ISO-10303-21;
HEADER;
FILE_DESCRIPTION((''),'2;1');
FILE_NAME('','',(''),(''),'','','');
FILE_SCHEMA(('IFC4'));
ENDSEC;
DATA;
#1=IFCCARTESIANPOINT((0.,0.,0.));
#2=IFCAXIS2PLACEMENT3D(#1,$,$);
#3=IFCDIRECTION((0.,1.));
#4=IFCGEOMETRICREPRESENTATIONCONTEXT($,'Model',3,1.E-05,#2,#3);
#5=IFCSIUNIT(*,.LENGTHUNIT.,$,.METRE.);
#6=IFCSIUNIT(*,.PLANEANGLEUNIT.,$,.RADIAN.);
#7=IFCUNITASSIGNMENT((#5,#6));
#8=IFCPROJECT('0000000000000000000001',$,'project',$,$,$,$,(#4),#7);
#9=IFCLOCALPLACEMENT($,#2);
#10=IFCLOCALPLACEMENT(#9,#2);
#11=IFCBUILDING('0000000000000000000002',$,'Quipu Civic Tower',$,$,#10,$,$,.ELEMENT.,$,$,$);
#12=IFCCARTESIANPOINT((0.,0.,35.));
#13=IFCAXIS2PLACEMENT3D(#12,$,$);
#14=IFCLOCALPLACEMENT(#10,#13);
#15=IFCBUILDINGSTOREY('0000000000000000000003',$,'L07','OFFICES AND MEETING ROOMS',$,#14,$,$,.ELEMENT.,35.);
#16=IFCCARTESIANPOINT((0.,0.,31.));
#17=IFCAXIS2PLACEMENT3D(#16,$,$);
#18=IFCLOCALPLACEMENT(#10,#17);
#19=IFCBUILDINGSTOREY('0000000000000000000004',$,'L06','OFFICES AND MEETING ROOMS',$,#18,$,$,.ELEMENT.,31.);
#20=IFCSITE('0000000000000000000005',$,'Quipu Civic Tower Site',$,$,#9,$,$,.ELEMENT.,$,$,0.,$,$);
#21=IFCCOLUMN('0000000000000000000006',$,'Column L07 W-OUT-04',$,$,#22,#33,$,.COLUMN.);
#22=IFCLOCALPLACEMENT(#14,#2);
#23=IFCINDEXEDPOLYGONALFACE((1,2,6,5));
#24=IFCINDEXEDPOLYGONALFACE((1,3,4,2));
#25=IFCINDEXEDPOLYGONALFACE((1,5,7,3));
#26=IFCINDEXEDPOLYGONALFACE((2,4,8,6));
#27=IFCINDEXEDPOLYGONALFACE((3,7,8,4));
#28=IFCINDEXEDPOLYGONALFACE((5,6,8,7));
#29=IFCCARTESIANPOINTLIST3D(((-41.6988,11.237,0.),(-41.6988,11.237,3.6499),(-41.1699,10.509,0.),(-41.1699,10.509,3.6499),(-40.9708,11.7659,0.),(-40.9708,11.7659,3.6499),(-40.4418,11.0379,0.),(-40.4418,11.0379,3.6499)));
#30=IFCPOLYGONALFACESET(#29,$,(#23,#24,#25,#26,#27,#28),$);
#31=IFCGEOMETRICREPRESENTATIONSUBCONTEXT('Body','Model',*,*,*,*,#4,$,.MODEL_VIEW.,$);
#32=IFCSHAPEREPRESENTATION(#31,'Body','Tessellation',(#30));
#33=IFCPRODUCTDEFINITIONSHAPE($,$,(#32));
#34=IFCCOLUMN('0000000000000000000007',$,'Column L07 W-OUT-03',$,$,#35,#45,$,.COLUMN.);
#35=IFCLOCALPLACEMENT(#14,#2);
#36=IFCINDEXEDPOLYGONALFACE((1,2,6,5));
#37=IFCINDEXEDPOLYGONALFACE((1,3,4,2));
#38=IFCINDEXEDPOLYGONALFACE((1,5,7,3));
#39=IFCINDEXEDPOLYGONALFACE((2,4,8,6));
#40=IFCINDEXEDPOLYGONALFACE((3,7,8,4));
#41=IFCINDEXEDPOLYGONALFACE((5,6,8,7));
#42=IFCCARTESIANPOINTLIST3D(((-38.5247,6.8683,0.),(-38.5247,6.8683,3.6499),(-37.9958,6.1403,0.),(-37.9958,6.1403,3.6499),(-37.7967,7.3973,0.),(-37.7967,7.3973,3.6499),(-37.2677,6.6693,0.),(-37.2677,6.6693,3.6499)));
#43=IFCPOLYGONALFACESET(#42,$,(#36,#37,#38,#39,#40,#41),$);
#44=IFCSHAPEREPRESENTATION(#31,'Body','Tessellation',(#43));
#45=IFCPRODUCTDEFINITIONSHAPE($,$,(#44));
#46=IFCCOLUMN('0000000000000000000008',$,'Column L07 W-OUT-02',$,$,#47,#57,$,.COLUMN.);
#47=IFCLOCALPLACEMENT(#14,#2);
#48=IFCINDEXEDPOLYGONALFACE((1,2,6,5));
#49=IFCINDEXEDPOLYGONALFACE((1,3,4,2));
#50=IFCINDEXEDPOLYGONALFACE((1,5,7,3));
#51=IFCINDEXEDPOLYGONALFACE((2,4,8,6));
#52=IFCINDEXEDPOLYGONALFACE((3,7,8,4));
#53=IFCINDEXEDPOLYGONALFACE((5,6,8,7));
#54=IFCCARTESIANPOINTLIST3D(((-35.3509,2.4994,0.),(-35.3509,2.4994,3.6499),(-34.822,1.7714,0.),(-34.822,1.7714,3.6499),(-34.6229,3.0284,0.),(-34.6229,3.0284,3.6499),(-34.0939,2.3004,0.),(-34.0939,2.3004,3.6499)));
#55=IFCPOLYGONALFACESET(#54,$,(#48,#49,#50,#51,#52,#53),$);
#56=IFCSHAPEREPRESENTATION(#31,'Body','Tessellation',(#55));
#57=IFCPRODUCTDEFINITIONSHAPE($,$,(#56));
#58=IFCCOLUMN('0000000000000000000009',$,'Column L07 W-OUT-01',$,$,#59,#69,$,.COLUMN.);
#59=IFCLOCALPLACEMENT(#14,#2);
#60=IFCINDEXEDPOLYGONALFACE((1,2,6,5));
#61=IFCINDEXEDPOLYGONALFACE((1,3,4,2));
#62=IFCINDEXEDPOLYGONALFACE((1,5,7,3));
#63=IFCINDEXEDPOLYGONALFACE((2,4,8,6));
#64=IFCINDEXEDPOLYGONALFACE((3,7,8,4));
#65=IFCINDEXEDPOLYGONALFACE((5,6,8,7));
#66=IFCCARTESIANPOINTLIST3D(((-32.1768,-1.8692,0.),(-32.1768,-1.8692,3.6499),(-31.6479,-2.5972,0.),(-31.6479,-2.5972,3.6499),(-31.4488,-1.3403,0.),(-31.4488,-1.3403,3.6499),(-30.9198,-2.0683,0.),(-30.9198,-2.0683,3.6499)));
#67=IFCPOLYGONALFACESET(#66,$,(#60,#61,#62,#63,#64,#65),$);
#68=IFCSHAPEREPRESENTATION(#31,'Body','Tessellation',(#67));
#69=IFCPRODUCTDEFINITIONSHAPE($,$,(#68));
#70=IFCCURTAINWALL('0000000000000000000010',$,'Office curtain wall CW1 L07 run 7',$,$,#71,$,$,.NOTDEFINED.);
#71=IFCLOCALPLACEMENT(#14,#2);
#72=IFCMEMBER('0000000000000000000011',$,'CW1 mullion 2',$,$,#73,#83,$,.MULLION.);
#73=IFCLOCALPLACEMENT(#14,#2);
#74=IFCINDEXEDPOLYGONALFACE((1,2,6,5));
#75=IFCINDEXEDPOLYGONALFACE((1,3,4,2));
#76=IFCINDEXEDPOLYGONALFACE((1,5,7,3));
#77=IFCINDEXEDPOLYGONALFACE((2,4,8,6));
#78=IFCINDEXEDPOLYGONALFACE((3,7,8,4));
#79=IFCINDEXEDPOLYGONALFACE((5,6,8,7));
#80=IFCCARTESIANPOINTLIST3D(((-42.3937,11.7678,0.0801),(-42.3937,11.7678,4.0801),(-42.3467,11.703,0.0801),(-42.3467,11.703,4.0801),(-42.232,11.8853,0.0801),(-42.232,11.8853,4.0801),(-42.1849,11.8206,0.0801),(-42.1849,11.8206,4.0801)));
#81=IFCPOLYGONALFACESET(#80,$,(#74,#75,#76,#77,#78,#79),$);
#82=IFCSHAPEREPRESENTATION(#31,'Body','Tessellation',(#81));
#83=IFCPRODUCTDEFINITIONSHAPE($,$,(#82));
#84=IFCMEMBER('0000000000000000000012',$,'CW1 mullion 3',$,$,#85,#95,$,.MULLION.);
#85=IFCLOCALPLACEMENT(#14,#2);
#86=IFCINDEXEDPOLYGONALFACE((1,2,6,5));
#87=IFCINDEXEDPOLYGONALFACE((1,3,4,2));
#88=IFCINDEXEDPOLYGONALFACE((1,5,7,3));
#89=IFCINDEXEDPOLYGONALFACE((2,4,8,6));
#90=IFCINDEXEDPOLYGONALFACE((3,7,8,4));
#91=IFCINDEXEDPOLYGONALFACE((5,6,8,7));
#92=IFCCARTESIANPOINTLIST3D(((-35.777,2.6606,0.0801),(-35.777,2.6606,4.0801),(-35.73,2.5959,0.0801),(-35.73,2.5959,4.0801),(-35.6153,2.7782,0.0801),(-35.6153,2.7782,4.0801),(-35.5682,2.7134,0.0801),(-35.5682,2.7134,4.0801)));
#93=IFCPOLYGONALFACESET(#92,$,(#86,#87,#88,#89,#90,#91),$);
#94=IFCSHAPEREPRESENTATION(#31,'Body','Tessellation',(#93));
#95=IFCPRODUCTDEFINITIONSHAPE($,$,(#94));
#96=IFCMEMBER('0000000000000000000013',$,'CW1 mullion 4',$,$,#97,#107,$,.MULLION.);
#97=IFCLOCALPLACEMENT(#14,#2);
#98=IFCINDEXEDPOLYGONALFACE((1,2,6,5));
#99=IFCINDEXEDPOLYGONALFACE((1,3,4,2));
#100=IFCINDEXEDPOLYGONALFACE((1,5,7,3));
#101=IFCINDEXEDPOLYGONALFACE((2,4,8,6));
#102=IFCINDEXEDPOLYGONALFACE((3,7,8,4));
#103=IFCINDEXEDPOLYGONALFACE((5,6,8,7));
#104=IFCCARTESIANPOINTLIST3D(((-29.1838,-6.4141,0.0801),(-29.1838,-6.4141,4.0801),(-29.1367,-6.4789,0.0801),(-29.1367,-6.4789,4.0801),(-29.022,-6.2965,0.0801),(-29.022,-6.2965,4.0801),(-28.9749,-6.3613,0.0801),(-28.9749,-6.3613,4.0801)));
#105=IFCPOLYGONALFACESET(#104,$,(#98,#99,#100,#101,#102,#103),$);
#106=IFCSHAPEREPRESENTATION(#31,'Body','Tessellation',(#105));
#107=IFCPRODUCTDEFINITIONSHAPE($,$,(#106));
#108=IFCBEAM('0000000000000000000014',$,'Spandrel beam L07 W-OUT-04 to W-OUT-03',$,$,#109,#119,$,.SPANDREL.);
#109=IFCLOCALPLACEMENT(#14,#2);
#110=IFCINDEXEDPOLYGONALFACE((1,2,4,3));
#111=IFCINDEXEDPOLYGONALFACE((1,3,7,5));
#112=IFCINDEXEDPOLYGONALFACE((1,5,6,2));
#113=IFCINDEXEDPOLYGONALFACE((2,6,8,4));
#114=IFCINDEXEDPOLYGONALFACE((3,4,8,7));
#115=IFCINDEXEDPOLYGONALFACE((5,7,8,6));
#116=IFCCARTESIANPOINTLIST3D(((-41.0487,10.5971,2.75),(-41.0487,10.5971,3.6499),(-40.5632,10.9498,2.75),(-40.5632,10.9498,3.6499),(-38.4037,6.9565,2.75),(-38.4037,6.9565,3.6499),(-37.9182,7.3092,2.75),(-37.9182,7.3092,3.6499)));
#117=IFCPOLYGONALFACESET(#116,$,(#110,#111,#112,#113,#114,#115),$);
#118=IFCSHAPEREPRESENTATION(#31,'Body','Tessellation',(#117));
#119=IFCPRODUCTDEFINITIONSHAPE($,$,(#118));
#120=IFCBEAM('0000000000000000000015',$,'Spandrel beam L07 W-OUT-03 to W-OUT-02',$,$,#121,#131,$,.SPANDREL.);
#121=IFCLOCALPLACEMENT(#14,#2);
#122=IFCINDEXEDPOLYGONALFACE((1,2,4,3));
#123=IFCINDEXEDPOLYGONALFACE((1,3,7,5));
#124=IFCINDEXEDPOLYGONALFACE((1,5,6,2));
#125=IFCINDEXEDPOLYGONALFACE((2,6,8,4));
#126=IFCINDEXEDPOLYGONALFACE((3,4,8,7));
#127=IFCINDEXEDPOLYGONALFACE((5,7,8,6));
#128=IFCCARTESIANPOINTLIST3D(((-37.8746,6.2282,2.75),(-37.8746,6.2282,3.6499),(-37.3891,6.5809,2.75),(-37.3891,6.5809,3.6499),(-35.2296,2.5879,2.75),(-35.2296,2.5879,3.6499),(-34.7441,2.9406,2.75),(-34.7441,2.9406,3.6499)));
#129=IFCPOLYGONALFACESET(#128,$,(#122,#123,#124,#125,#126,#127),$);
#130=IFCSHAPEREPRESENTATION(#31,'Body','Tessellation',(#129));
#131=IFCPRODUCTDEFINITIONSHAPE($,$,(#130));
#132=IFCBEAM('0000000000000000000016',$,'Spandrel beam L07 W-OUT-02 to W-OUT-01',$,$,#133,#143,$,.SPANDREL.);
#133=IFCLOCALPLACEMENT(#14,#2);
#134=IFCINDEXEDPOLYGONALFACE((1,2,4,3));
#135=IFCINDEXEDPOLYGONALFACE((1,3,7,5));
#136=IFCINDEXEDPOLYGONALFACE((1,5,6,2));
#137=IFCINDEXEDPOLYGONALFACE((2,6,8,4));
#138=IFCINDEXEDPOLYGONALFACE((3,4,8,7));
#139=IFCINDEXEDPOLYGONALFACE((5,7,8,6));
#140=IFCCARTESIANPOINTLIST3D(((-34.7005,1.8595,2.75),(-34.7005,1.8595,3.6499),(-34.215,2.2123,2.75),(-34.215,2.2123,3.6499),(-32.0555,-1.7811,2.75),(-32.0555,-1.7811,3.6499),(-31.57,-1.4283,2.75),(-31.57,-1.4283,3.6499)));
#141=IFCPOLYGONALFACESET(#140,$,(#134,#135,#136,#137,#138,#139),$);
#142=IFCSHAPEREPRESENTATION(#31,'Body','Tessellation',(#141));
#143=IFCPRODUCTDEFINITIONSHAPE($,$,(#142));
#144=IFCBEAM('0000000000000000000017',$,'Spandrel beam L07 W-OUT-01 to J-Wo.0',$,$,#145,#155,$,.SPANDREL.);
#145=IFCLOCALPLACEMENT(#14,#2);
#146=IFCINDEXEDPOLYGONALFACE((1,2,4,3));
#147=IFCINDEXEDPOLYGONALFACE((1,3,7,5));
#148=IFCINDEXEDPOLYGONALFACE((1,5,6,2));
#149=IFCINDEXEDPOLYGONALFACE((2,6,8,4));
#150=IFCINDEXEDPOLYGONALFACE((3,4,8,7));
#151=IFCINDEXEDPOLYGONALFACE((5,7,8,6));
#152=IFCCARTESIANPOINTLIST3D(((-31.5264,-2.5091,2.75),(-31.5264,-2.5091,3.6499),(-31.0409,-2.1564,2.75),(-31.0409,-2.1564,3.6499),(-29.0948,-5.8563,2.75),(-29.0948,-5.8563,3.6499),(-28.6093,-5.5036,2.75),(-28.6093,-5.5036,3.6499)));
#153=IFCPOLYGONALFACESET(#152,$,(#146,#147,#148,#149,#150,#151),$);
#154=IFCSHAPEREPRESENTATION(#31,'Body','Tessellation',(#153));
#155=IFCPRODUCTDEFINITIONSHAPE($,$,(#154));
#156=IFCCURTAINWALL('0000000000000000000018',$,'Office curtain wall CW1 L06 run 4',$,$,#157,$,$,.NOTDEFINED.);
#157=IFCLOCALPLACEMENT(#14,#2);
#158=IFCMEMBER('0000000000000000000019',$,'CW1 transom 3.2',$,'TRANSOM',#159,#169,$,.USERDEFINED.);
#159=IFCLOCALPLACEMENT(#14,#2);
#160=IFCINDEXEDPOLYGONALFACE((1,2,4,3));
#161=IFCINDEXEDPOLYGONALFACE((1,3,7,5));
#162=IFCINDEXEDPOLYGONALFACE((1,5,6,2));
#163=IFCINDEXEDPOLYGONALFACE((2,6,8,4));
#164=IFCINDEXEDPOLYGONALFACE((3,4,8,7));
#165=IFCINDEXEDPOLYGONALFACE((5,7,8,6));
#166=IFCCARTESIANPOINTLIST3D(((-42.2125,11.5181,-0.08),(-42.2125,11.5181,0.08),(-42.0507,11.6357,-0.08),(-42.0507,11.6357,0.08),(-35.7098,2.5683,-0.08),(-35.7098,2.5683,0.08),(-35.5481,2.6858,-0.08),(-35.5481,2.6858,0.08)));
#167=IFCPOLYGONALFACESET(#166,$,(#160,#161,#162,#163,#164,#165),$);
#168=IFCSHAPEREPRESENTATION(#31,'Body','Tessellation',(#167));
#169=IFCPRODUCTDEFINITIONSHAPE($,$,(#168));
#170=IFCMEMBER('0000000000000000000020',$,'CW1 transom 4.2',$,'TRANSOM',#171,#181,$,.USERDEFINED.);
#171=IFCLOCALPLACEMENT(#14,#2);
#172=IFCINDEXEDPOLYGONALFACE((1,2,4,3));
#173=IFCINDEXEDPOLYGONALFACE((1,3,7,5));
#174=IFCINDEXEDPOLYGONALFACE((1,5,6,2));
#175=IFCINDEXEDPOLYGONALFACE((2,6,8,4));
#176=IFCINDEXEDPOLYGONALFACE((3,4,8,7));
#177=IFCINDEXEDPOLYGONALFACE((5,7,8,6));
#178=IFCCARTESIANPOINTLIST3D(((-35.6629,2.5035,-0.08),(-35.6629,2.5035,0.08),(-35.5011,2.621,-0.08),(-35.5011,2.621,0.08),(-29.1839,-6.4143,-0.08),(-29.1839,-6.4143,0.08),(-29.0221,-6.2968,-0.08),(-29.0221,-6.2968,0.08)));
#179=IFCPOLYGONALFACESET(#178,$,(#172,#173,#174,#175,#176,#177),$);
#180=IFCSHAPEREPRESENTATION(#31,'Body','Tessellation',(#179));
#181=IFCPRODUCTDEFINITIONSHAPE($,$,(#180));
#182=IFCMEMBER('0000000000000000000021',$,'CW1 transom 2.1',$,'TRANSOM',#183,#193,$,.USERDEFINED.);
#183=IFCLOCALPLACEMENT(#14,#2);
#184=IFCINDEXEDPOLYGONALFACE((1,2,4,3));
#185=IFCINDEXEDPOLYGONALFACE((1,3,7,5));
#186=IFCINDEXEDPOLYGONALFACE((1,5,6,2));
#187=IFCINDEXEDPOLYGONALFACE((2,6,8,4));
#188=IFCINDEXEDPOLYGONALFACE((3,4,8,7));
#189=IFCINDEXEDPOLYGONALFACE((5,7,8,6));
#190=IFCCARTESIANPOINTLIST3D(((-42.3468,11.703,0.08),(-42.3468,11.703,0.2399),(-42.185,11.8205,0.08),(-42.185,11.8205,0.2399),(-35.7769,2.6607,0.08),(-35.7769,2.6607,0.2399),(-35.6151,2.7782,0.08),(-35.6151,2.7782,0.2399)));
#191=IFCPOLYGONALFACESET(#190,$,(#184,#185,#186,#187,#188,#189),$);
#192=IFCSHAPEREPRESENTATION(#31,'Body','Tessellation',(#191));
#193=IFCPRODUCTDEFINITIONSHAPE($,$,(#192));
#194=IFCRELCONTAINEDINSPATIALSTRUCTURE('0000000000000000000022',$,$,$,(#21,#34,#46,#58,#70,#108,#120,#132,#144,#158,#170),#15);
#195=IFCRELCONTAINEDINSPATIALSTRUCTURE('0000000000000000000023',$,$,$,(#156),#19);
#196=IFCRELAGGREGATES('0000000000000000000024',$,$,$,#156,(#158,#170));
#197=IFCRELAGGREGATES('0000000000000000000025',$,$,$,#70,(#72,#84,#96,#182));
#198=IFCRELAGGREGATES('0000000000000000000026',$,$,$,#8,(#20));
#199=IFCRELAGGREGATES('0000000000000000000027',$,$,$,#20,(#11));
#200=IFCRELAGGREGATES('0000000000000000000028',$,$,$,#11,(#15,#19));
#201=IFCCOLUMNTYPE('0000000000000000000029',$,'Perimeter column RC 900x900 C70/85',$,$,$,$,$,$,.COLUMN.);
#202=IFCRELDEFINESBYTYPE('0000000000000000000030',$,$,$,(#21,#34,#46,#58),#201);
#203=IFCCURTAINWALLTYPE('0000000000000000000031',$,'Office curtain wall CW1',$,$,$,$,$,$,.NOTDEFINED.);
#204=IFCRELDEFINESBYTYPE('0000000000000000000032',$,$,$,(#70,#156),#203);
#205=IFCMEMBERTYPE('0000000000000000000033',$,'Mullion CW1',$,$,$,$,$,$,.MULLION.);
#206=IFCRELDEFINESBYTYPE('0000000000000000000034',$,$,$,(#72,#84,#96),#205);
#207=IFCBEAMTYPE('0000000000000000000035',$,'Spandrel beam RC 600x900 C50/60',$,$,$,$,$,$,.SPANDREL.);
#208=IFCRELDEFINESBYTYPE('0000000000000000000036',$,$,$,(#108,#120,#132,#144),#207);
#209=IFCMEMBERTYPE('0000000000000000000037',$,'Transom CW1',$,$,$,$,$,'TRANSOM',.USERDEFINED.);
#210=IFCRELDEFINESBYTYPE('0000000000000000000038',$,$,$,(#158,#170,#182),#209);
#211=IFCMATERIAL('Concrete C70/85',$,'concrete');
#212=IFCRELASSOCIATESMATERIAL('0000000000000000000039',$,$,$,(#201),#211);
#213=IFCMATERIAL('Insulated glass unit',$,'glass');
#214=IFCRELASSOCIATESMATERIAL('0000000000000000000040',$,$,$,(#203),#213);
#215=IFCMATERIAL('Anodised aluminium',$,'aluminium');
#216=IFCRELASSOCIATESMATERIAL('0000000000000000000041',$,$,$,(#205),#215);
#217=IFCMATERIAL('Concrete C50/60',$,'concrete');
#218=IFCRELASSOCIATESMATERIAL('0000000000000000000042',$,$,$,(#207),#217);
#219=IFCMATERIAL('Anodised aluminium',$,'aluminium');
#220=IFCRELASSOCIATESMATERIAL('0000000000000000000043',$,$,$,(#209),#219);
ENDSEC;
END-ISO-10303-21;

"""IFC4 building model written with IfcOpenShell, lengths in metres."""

from ifc_helpers import new_model, si_unit, direction, frame, origin, origin_2d, place, context, subcontext, project, spatial, rectangle, extrude, material, material_profile, profile_set, type_object, element, aggregate, save


model = new_model("IFC4")

# Units and contexts
model_context = context("Model", 3, precision=1e-05, world=origin(), true_north=direction((0.0, 1.0)))
body_context = subcontext(model_context, "Body", "Model", "MODEL_VIEW")
ifc_project = project(units=[si_unit("LENGTHUNIT", "METRE"), si_unit("PLANEANGLEUNIT", "RADIAN")], contexts=[model_context])

# Site, building, storey
site_placement = place(None, origin())
site = spatial("IfcSite", under=ifc_project, at=site_placement, Name="Quipu Civic Tower Site", CompositionType="ELEMENT", RefElevation=0.0)
building_placement = place(site_placement, origin())
building = spatial("IfcBuilding", under=site, at=building_placement, Name="Quipu Civic Tower", CompositionType="ELEMENT")
storey_1_placement = place(building_placement, frame((0.0, 0.0, 35.0)))
storey_1 = spatial("IfcBuildingStorey", under=building, at=storey_1_placement, Name="L07", Description="OFFICES AND MEETING ROOMS", CompositionType="ELEMENT", Elevation=35.0)

# Columns
ifc_material_1 = material(Name="Concrete C70/85", Category="concrete")
ifc_material_profile_1 = material_profile(ifc_material_1, rectangle(XDim=0.8999, YDim=0.8999, at=origin_2d()), Name="RC900x900")
ifc_profile_set_1 = profile_set([ifc_material_profile_1], Name="Concrete C70/85")
column_type = type_object("IfcColumnType", Name="Perimeter column RC 900x900 C70/85", PredefinedType="COLUMN", material=ifc_profile_set_1)
for number, where, z_axis, x_axis, name in (
    (1, (-41.0703, 11.1375, 0.0), (0.0, 0.0, 1.0), (0.587785, -0.809017, 0.0), "Column L07 W-OUT-04"),
    (2, (-37.8962, 6.7688, 0.0), (0.0, 0.0, 1.0), (0.587785, -0.809017, 0.0), "Column L07 W-OUT-03"),
    (3, (-34.7224, 2.3999, 0.0), (0.0, 0.0, 1.0), (0.587785, -0.809017, 0.0), "Column L07 W-OUT-02"),
    (4, (-31.5483, -1.9688, 0.0), (0.0, 0.0, 1.0), (0.587785, -0.809017, 0.0), "Column L07 W-OUT-01"),
):
    element("IfcColumn", number, at=place(storey_1_placement, frame(where, z_axis=z_axis, x_axis=x_axis)), inside=storey_1, type_object=column_type, Name=name, PredefinedType="COLUMN", context=body_context, shape_type="SweptSolid", body=[
        extrude(rectangle(XDim=0.8999, YDim=0.8999, at=origin_2d()), origin(), (0.0, 0.0, 1.0), 3.6499),
    ])

# Curtain wall, members
ifc_material_2 = material(Name="Insulated glass unit", Category="glass")
curtain_wall_type = type_object("IfcCurtainWallType", Name="Office curtain wall CW1", PredefinedType="NOTDEFINED", material=ifc_material_2)
curtain_wall_1_placement = place(storey_1_placement, origin())
curtain_wall_1 = element("IfcCurtainWall", 5, at=curtain_wall_1_placement, inside=storey_1, type_object=curtain_wall_type, Name="Office curtain wall CW1 L07 run 7", PredefinedType="NOTDEFINED")
ifc_material_3 = material(Name="Anodised aluminium", Category="aluminium")
ifc_material_profile_2 = material_profile(ifc_material_3, rectangle(XDim=0.2, YDim=0.0801, at=origin_2d()), Name="RECT 200x80")
ifc_profile_set_2 = profile_set([ifc_material_profile_2], Name="Anodised aluminium")
member_type_1 = type_object("IfcMemberType", Name="Mullion CW1", PredefinedType="MULLION", material=ifc_profile_set_2)
member_1_placement = place(storey_1_placement, frame((-42.2893, 11.7942, 0.0801), z_axis=(0.0, 0.0, 1.0), x_axis=(0.809017, 0.587786, 0.0)))
member_1 = element("IfcMember", 6, at=member_1_placement, type_object=member_type_1, Name="CW1 mullion 2", PredefinedType="MULLION", context=body_context, shape_type="SweptSolid", body=[
    extrude(rectangle(XDim=0.2, YDim=0.0801, at=origin_2d()), origin(), (0.0, 0.0, 1.0), 4.0),
])
member_2_placement = place(storey_1_placement, frame((-35.6726, 2.687, 0.0801), z_axis=(0.0, 0.0, 1.0), x_axis=(0.809017, 0.587786, 0.0)))
member_2 = element("IfcMember", 7, at=member_2_placement, type_object=member_type_1, Name="CW1 mullion 3", PredefinedType="MULLION", context=body_context, shape_type="SweptSolid", body=[
    extrude(rectangle(XDim=0.2, YDim=0.0801, at=origin_2d()), origin(), (0.0, 0.0, 1.0), 4.0),
])
member_3_placement = place(storey_1_placement, frame((-29.0793, -6.3877, 0.0801), z_axis=(0.0, 0.0, 1.0), x_axis=(0.809017, 0.587786, 0.0)))
member_3 = element("IfcMember", 8, at=member_3_placement, type_object=member_type_1, Name="CW1 mullion 4", PredefinedType="MULLION", context=body_context, shape_type="SweptSolid", body=[
    extrude(rectangle(XDim=0.2, YDim=0.0801, at=origin_2d()), origin(), (0.0, 0.0, 1.0), 4.0),
])

# Beams
ifc_material_4 = material(Name="Concrete C50/60", Category="concrete")
ifc_material_profile_3 = material_profile(ifc_material_4, rectangle(XDim=0.6001, YDim=0.8999, at=origin_2d()), Name="RC600x900")
ifc_profile_set_3 = profile_set([ifc_material_profile_3], Name="Concrete C50/60")
beam_type = type_object("IfcBeamType", Name="Spandrel beam RC 600x900 C50/60", PredefinedType="SPANDREL", material=ifc_profile_set_3)
beam_1_placement = place(storey_1_placement, frame((-40.8059, 10.7734, 3.2), z_axis=(0.587778, -0.809022, 0.0), x_axis=(0.809022, 0.587778, 0.0)))
element("IfcBeam", 9, at=beam_1_placement, inside=storey_1, type_object=beam_type, Name="Spandrel beam L07 W-OUT-04 to W-OUT-03", PredefinedType="SPANDREL", context=body_context, shape_type="SweptSolid", body=[
    extrude(rectangle(XDim=0.6001, YDim=0.8999, at=origin_2d()), origin(), (0.0, 0.0, 1.0), 4.5),
])
beam_2_placement = place(storey_1_placement, frame((-37.6318, 6.4045, 3.2), z_axis=(0.587804, -0.809003, 0.0), x_axis=(0.809003, 0.587804, 0.0)))
element("IfcBeam", 10, at=beam_2_placement, inside=storey_1, type_object=beam_type, Name="Spandrel beam L07 W-OUT-03 to W-OUT-02", PredefinedType="SPANDREL", context=body_context, shape_type="SweptSolid", body=[
    extrude(rectangle(XDim=0.6001, YDim=0.8999, at=origin_2d()), origin(), (0.0, 0.0, 1.0), 4.4998),
])
beam_3_placement = place(storey_1_placement, frame((-34.4578, 2.0359, 3.2), z_axis=(0.587778, -0.809022, 0.0), x_axis=(0.809022, 0.587778, 0.0)))
element("IfcBeam", 11, at=beam_3_placement, inside=storey_1, type_object=beam_type, Name="Spandrel beam L07 W-OUT-02 to W-OUT-01", PredefinedType="SPANDREL", context=body_context, shape_type="SweptSolid", body=[
    extrude(rectangle(XDim=0.6001, YDim=0.8999, at=origin_2d()), origin(), (0.0, 0.0, 1.0), 4.5),
])
beam_4_placement = place(storey_1_placement, frame((-31.2837, -2.3328, 3.2), z_axis=(0.587751, -0.809042, 0.0), x_axis=(0.809042, 0.587751, 0.0)))
element("IfcBeam", 12, at=beam_4_placement, inside=storey_1, type_object=beam_type, Name="Spandrel beam L07 W-OUT-01 to J-Wo.0", PredefinedType="SPANDREL", context=body_context, shape_type="SweptSolid", body=[
    extrude(rectangle(XDim=0.6001, YDim=0.8999, at=origin_2d()), origin(), (0.0, 0.0, 1.0), 4.1372),
])

# Shared definitions
storey_2_placement = place(building_placement, frame((0.0, 0.0, 31.0)))
storey_2 = spatial("IfcBuildingStorey", under=building, at=storey_2_placement, Name="L06", Description="OFFICES AND MEETING ROOMS", CompositionType="ELEMENT", Elevation=31.0)

# Curtain wall, members
curtain_wall_2_placement = place(storey_2_placement, origin())
curtain_wall_2 = element("IfcCurtainWall", 13, at=curtain_wall_2_placement, inside=storey_2, type_object=curtain_wall_type, Name="Office curtain wall CW1 L06 run 4", PredefinedType="NOTDEFINED")
ifc_material_5 = material(Name="Anodised aluminium", Category="aluminium")
ifc_material_profile_4 = material_profile(ifc_material_5, rectangle(XDim=0.2, YDim=0.1599, at=origin_2d()), Name="RECT 200x160")
ifc_profile_set_4 = profile_set([ifc_material_profile_4], Name="Anodised aluminium")
member_type_2 = type_object("IfcMemberType", Name="Transom CW1", ElementType="TRANSOM", PredefinedType="USERDEFINED", material=ifc_profile_set_4)
member_4_placement = place(storey_1_placement, frame((-42.1316, 11.5769, 0.0), z_axis=(0.587795, -0.80901, 0.0), x_axis=(0.80901, 0.587795, 0.0)))
member_4 = element("IfcMember", 14, at=member_4_placement, inside=storey_1, type_object=member_type_2, Name="CW1 transom 3.2", ObjectType="TRANSOM", PredefinedType="USERDEFINED", context=body_context, shape_type="SweptSolid", body=[
    extrude(rectangle(XDim=0.2, YDim=0.1599, at=origin_2d()), origin(), (0.0, 0.0, 1.0), 11.0627),
])
member_5_placement = place(storey_1_placement, frame((-35.582, 2.5623, 0.0), z_axis=(0.587779, -0.809021, 0.0), x_axis=(0.809021, 0.587779, 0.0)))
member_5 = element("IfcMember", 15, at=member_5_placement, inside=storey_1, type_object=member_type_2, Name="CW1 transom 4.2", ObjectType="TRANSOM", PredefinedType="USERDEFINED", context=body_context, shape_type="SweptSolid", body=[
    extrude(rectangle(XDim=0.2, YDim=0.1599, at=origin_2d()), origin(), (0.0, 0.0, 1.0), 11.0229),
])
aggregate(curtain_wall_2, [member_4, member_5])

# Member
member_6_placement = place(storey_1_placement, frame((-42.2659, 11.7617, 0.1599), z_axis=(0.5878, -0.809006, 0.0), x_axis=(0.809006, 0.5878, 0.0)))
member_6 = element("IfcMember", 16, at=member_6_placement, type_object=member_type_2, Name="CW1 transom 2.1", ObjectType="TRANSOM", PredefinedType="USERDEFINED", context=body_context, shape_type="SweptSolid", body=[
    extrude(rectangle(XDim=0.2, YDim=0.1599, at=origin_2d()), origin(), (0.0, 0.0, 1.0), 11.177),
])

aggregate(curtain_wall_1, [member_1, member_2, member_3, member_6])

save(model, "model.ifc")
